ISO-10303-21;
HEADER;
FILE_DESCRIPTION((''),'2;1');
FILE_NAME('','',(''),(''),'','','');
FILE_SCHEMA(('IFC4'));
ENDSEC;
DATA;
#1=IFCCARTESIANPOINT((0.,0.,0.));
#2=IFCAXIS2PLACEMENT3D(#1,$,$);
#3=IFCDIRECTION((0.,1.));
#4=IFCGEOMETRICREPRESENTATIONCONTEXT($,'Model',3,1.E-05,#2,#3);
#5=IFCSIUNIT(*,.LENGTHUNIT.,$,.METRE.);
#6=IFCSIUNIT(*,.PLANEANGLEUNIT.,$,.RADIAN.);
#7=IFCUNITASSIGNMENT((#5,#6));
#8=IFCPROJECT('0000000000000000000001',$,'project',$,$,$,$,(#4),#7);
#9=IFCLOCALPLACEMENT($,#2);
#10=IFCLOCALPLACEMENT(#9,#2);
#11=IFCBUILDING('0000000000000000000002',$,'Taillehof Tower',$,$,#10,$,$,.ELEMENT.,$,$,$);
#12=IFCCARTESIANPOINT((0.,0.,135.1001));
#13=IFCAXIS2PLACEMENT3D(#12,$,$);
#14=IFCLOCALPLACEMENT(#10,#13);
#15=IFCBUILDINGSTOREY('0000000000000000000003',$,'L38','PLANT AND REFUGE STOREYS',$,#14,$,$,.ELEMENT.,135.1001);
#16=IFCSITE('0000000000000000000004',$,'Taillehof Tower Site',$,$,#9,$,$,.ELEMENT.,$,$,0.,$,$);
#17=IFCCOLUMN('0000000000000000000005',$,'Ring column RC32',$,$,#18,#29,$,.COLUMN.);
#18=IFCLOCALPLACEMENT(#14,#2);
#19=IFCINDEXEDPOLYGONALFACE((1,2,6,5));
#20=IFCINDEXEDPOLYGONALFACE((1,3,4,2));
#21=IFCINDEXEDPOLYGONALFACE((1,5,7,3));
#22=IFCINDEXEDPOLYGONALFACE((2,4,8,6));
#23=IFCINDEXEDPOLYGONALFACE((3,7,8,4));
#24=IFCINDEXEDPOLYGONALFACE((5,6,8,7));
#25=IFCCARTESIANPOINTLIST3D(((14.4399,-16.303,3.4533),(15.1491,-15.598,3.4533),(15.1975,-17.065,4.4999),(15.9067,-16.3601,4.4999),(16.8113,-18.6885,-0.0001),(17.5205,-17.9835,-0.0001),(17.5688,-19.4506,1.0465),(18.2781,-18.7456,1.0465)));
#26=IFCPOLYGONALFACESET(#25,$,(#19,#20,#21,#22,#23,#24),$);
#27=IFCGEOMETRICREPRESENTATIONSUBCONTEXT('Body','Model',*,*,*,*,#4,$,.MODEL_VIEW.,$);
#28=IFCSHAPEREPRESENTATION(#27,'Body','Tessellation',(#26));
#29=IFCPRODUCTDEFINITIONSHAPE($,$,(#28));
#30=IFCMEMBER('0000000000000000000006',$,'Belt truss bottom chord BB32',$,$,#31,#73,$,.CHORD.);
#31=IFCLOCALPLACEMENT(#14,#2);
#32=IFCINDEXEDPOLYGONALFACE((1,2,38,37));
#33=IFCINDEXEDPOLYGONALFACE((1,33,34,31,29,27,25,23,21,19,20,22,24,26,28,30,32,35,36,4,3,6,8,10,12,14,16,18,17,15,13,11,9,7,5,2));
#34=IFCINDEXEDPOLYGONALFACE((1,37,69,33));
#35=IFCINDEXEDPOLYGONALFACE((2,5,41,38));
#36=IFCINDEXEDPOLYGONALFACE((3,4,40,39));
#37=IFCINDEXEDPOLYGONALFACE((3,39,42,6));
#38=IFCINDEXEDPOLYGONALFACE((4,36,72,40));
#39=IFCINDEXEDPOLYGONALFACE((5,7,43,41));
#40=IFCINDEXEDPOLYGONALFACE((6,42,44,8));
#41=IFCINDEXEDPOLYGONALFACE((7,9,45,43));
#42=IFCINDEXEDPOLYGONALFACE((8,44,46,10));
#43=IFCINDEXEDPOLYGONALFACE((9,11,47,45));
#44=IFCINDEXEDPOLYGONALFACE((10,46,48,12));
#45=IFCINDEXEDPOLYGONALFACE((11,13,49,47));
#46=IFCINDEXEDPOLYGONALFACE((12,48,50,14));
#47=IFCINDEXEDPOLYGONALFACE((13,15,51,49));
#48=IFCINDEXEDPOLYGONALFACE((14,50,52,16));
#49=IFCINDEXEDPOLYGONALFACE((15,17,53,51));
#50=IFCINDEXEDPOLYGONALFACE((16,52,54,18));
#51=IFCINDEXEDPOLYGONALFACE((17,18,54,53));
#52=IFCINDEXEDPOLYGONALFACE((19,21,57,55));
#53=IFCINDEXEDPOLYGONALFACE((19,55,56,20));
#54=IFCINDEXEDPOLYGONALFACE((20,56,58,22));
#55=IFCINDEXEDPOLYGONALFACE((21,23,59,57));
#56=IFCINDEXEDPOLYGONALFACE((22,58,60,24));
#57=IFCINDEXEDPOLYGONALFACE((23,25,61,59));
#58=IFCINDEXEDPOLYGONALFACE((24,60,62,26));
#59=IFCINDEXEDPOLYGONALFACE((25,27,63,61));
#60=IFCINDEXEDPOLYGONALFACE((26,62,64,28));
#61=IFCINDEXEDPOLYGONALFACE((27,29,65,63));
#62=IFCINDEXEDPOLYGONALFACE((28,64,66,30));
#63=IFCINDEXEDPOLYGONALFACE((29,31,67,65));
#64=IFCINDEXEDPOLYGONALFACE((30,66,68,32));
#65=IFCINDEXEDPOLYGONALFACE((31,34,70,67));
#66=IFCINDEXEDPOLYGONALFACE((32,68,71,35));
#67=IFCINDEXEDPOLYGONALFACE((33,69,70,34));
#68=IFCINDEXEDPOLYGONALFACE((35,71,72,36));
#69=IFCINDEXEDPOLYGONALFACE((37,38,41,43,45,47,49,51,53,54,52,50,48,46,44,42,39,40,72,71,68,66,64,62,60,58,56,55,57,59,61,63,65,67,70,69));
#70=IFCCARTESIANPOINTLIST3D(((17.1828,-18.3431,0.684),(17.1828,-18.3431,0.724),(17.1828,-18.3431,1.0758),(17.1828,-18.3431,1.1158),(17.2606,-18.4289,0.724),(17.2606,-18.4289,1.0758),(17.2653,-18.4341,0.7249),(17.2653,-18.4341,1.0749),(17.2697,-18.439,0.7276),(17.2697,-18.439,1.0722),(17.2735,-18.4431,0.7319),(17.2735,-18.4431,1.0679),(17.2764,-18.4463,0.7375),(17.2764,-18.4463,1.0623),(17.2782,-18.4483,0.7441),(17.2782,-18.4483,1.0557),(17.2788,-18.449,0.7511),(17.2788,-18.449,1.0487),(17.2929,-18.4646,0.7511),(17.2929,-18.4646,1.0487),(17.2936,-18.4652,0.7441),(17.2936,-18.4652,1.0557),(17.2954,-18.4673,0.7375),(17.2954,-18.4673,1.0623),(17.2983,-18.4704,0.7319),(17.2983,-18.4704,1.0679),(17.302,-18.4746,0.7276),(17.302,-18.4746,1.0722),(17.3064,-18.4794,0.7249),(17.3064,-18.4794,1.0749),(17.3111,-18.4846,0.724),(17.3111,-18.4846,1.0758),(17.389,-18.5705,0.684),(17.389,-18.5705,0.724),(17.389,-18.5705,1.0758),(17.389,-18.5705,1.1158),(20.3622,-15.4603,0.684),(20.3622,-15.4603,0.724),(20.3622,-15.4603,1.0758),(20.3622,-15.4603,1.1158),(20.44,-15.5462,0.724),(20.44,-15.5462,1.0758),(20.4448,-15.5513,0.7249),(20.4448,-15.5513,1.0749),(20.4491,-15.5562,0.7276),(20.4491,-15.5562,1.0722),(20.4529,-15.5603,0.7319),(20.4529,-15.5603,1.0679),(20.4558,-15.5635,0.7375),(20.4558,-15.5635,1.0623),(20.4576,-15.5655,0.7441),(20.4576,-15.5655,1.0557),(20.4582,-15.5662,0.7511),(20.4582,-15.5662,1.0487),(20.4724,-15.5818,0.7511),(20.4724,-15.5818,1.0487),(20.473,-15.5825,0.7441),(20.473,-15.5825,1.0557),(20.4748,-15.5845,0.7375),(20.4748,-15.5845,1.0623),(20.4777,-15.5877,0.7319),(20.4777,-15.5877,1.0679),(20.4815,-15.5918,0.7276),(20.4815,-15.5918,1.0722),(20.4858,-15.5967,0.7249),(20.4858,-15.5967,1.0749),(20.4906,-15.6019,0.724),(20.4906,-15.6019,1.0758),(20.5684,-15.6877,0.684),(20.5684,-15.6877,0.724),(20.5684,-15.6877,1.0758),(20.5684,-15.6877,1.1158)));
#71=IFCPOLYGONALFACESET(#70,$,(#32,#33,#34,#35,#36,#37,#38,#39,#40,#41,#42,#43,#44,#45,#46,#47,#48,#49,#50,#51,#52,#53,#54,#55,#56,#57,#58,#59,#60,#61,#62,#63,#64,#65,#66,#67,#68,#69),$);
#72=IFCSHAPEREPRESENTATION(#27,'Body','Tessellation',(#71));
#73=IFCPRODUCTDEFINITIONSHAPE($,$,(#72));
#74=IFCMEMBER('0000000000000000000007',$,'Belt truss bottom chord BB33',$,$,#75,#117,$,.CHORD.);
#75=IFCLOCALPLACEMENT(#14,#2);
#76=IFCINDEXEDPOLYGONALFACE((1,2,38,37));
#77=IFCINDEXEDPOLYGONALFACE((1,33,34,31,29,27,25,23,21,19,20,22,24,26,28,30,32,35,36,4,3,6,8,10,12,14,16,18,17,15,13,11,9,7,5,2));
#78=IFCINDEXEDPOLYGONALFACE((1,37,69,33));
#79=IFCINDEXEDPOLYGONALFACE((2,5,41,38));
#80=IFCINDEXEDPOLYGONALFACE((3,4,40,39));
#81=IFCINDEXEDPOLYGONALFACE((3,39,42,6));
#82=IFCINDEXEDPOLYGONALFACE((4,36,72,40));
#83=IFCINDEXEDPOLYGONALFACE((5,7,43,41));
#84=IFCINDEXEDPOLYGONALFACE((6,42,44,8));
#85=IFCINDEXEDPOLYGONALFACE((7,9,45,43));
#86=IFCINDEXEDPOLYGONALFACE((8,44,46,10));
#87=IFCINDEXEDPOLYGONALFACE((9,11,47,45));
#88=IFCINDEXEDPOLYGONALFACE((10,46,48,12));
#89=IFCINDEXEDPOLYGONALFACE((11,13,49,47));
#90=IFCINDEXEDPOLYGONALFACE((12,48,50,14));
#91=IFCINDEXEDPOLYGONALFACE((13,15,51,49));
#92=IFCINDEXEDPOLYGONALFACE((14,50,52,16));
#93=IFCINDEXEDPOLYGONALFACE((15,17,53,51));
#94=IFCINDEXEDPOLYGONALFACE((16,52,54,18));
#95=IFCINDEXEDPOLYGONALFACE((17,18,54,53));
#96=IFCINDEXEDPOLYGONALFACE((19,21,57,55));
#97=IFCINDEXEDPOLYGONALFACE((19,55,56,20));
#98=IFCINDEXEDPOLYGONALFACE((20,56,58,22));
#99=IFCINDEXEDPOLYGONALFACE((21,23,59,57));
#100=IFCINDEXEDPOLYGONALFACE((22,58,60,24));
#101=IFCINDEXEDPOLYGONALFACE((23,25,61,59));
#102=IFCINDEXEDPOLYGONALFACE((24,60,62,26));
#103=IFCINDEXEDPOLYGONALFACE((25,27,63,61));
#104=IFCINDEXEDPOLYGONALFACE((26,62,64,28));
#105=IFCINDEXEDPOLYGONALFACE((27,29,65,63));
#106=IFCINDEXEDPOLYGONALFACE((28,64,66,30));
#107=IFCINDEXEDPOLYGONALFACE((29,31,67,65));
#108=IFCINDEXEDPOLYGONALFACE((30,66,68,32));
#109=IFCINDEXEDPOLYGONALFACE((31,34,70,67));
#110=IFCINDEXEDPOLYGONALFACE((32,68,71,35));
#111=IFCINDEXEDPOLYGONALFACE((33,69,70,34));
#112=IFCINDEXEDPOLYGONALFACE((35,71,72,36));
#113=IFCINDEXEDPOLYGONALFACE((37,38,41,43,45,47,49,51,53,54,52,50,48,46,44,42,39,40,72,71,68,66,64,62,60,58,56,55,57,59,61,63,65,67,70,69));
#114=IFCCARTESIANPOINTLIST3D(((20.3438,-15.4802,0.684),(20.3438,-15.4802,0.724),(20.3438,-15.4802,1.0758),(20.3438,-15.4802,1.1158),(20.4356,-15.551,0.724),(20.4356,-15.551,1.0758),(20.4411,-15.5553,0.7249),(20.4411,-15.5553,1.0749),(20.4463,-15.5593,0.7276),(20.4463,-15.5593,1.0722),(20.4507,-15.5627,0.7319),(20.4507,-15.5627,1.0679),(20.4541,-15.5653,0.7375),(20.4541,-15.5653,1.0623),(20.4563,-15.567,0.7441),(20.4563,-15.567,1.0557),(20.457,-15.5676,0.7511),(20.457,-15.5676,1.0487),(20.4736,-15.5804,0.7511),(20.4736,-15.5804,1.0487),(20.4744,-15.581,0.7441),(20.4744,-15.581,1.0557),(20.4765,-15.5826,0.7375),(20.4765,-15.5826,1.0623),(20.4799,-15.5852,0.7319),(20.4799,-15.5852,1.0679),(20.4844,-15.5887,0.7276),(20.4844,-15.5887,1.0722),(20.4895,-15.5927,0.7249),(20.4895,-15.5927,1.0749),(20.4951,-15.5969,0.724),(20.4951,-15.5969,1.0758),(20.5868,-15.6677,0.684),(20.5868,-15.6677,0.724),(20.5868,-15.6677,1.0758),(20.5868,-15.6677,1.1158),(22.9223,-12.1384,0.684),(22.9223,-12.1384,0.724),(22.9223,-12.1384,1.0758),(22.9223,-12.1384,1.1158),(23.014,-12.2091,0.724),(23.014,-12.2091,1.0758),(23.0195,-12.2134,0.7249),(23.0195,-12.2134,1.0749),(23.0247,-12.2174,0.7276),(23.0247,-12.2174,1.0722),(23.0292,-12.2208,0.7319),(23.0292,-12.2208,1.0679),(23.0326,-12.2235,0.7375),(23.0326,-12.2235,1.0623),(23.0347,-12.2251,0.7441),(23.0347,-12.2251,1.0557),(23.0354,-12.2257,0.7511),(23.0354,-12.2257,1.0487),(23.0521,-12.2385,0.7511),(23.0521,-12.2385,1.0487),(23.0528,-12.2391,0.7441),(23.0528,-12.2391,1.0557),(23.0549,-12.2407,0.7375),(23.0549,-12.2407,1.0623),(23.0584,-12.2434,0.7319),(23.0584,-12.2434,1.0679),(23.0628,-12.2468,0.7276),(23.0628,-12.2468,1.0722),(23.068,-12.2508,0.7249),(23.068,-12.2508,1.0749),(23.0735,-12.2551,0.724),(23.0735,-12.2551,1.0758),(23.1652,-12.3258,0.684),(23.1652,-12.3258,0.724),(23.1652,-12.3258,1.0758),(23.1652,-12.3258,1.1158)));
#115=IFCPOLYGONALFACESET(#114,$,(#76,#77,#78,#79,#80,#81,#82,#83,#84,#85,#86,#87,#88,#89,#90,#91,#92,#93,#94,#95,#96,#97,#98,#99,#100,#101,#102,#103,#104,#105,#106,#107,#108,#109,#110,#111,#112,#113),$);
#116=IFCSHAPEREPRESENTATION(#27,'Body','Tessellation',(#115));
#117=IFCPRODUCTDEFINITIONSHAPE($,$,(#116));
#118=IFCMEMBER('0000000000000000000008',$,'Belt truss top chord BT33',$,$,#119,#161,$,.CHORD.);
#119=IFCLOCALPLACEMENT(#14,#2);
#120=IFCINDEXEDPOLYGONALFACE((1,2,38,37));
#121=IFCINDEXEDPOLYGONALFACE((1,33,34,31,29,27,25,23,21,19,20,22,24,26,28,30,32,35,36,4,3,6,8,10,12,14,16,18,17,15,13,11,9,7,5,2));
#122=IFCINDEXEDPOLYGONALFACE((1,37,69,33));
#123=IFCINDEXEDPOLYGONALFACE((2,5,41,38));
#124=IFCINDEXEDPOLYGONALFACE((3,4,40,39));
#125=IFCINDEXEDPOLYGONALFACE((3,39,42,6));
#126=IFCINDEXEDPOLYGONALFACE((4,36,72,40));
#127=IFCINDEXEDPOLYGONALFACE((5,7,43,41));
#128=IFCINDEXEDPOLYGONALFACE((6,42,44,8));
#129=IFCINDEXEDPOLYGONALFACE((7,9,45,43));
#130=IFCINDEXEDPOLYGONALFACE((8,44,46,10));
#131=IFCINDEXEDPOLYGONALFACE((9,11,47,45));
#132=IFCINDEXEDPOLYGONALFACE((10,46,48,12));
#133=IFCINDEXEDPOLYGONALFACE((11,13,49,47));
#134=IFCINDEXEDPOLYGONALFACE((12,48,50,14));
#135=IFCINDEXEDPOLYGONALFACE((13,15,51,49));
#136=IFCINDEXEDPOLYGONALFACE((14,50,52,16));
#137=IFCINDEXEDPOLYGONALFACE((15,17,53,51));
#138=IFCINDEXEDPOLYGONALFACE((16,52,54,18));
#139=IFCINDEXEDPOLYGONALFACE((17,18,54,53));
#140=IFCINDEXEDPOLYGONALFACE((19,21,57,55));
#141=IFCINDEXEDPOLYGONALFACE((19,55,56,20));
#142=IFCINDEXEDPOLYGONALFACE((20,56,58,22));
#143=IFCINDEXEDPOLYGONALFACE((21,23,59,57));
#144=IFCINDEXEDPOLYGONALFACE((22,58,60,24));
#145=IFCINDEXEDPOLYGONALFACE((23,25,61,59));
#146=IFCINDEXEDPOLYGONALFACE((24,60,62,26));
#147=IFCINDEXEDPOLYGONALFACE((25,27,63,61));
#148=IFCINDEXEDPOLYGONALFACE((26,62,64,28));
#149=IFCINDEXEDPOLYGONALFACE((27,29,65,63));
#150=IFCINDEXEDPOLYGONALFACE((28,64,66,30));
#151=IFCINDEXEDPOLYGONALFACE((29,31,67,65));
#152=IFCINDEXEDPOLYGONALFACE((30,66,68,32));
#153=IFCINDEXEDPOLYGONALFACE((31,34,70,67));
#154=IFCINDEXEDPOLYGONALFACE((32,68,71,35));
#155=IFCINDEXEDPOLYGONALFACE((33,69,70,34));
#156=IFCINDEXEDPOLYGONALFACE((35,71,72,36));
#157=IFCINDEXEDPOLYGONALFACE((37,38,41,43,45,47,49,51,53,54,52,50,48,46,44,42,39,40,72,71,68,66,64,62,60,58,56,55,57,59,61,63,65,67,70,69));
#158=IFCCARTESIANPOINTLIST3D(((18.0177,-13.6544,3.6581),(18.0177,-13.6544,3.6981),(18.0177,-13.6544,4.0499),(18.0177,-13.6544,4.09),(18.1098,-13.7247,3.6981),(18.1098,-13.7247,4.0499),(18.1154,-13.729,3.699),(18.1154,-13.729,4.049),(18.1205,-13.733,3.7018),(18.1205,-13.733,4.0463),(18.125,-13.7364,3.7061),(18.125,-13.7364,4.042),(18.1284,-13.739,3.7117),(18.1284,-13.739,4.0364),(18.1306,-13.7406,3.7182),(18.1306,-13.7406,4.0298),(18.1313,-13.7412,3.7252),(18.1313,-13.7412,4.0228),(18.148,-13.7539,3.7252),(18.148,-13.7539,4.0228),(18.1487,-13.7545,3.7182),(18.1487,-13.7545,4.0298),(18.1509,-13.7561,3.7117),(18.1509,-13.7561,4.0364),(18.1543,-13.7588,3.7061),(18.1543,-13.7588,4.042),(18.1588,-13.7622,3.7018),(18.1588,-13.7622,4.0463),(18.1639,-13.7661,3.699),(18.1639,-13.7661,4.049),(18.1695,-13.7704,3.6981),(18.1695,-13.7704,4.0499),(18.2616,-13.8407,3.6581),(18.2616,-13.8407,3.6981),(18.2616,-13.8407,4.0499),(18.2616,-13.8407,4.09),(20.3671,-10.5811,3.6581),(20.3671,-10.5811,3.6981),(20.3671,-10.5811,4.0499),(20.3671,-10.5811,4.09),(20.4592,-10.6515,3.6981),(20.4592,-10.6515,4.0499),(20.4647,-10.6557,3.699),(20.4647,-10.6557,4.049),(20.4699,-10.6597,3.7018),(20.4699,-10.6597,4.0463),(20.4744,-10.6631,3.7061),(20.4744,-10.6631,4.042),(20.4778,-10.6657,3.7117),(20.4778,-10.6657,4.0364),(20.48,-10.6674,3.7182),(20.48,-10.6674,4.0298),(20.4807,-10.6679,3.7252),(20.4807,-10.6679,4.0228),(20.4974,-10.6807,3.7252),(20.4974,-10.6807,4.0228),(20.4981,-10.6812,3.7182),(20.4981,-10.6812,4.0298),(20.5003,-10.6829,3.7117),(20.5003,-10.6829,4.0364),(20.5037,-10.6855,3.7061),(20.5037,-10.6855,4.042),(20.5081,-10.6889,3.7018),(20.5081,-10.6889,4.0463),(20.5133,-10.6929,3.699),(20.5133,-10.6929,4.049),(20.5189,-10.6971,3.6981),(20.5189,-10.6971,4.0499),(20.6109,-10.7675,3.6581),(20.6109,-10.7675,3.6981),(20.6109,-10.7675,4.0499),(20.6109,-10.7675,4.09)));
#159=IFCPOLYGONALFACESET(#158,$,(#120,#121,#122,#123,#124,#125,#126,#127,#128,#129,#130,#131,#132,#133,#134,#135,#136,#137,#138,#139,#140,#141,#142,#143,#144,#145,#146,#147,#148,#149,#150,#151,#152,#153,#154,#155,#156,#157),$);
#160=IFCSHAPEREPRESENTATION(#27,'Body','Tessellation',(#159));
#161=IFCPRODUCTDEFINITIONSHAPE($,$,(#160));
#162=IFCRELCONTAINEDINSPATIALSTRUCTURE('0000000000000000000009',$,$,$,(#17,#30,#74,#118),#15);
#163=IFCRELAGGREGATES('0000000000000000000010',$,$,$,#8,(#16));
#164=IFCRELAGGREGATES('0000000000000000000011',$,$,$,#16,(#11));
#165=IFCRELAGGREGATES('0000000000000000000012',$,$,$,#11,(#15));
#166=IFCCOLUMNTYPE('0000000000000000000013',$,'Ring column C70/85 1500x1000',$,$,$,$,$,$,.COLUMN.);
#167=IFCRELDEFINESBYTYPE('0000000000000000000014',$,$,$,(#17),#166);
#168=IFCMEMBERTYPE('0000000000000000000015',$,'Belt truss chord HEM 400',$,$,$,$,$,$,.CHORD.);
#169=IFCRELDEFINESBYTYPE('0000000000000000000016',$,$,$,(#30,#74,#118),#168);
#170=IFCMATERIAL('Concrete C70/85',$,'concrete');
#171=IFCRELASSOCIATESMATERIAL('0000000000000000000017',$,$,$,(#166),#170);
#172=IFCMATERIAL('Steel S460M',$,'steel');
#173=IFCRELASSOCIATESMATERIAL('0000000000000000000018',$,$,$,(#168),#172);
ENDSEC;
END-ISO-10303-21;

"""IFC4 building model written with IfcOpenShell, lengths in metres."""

from ifc_helpers import new_model, si_unit, direction, frame, origin, origin_2d, place, context, subcontext, project, spatial, rectangle, i_section, extrude, material, material_profile, profile_set, type_object, element, save


model = new_model("IFC4")

# Units and contexts
model_context = context("Model", 3, precision=1e-05, world=origin(), true_north=direction((0.0, 1.0)))
body_context = subcontext(model_context, "Body", "Model", "MODEL_VIEW")
ifc_project = project(units=[si_unit("LENGTHUNIT", "METRE"), si_unit("PLANEANGLEUNIT", "RADIAN")], contexts=[model_context])

# Site, building, storey
site_placement = place(None, origin())
site = spatial("IfcSite", under=ifc_project, at=site_placement, Name="Taillehof Tower Site", CompositionType="ELEMENT", RefElevation=0.0)
building_placement = place(site_placement, origin())
building = spatial("IfcBuilding", under=site, at=building_placement, Name="Taillehof Tower", CompositionType="ELEMENT")
storey_placement = place(building_placement, frame((0.0, 0.0, 135.1001)))
storey = spatial("IfcBuildingStorey", under=building, at=storey_placement, Name="L38", Description="PLANT AND REFUGE STOREYS", CompositionType="ELEMENT", Elevation=135.1001)

# Column
ifc_material_1 = material(Name="Concrete C70/85", Category="concrete")
ifc_material_profile_1 = material_profile(ifc_material_1, rectangle(XDim=1.5, YDim=1.0, at=origin_2d()), Name="RC 1500x1000")
ifc_profile_set_1 = profile_set([ifc_material_profile_1], Name="Concrete C70/85")
column_type = type_object("IfcColumnType", Name="Ring column C70/85 1500x1000", PredefinedType="COLUMN", material=ifc_profile_set_1)
column_placement = place(storey_placement, frame((17.5447, -18.717, 0.5232), z_axis=(-0.491903, 0.49484, 0.716356), x_axis=(0.50503, -0.508046, 0.697735)))
element("IfcColumn", 1, at=column_placement, inside=storey, type_object=column_type, Name="Ring column RC32", PredefinedType="COLUMN", context=body_context, shape_type="SweptSolid", body=[
    extrude(rectangle(XDim=1.5, YDim=1.0, at=origin_2d()), origin(), (0.0, 0.0, 1.0), 4.8208),
])

# Members
ifc_material_2 = material(Name="Steel S460M", Category="steel")
ifc_material_profile_2 = material_profile(ifc_material_2, i_section(OverallWidth=0.3069, OverallDepth=0.4319, WebThickness=0.021, FlangeThickness=0.04, FilletRadius=0.0271, at=origin_2d()), Name="HEM 400")
ifc_profile_set_2 = profile_set([ifc_material_profile_2], Name="Steel S460M")
member_type_1 = type_object("IfcMemberType", Name="Belt truss chord HEM 400", PredefinedType="CHORD", material=ifc_profile_set_2)
member_1_placement = place(storey_placement, frame((17.2859, -18.4568, 0.8999), z_axis=(0.74082, 0.671704, 0.0), x_axis=(-0.671704, 0.74082, 0.0)))
element("IfcMember", 2, at=member_1_placement, inside=storey, type_object=member_type_1, Name="Belt truss bottom chord BB32", PredefinedType="CHORD", context=body_context, shape_type="SweptSolid", body=[
    extrude(i_section(OverallWidth=0.3069, OverallDepth=0.4319, WebThickness=0.021, FlangeThickness=0.04, FilletRadius=0.0271, at=origin_2d()), origin(), (0.0, 0.0, 1.0), 4.2917),
])
member_2_placement = place(storey_placement, frame((20.4653, -15.574, 0.8999), z_axis=(0.610865, 0.791735, 0.0), x_axis=(-0.791735, 0.610865, 0.0)))
element("IfcMember", 3, at=member_2_placement, inside=storey, type_object=member_type_1, Name="Belt truss bottom chord BB33", PredefinedType="CHORD", context=body_context, shape_type="SweptSolid", body=[
    extrude(i_section(OverallWidth=0.3069, OverallDepth=0.4319, WebThickness=0.021, FlangeThickness=0.04, FilletRadius=0.0271, at=origin_2d()), origin(), (0.0, 0.0, 1.0), 4.2209),
])
member_3_placement = place(storey_placement, frame((18.1396, -13.7476, 3.874), z_axis=(0.607326, 0.794453, 0.0), x_axis=(-0.794453, 0.607326, 0.0)))
element("IfcMember", 4, at=member_3_placement, inside=storey, type_object=member_type_1, Name="Belt truss top chord BT33", PredefinedType="CHORD", context=body_context, shape_type="SweptSolid", body=[
    extrude(i_section(OverallWidth=0.3069, OverallDepth=0.4319, WebThickness=0.021, FlangeThickness=0.04, FilletRadius=0.0271, at=origin_2d()), origin(), (0.0, 0.0, 1.0), 3.8684),
])

save(model, "model.ifc")
